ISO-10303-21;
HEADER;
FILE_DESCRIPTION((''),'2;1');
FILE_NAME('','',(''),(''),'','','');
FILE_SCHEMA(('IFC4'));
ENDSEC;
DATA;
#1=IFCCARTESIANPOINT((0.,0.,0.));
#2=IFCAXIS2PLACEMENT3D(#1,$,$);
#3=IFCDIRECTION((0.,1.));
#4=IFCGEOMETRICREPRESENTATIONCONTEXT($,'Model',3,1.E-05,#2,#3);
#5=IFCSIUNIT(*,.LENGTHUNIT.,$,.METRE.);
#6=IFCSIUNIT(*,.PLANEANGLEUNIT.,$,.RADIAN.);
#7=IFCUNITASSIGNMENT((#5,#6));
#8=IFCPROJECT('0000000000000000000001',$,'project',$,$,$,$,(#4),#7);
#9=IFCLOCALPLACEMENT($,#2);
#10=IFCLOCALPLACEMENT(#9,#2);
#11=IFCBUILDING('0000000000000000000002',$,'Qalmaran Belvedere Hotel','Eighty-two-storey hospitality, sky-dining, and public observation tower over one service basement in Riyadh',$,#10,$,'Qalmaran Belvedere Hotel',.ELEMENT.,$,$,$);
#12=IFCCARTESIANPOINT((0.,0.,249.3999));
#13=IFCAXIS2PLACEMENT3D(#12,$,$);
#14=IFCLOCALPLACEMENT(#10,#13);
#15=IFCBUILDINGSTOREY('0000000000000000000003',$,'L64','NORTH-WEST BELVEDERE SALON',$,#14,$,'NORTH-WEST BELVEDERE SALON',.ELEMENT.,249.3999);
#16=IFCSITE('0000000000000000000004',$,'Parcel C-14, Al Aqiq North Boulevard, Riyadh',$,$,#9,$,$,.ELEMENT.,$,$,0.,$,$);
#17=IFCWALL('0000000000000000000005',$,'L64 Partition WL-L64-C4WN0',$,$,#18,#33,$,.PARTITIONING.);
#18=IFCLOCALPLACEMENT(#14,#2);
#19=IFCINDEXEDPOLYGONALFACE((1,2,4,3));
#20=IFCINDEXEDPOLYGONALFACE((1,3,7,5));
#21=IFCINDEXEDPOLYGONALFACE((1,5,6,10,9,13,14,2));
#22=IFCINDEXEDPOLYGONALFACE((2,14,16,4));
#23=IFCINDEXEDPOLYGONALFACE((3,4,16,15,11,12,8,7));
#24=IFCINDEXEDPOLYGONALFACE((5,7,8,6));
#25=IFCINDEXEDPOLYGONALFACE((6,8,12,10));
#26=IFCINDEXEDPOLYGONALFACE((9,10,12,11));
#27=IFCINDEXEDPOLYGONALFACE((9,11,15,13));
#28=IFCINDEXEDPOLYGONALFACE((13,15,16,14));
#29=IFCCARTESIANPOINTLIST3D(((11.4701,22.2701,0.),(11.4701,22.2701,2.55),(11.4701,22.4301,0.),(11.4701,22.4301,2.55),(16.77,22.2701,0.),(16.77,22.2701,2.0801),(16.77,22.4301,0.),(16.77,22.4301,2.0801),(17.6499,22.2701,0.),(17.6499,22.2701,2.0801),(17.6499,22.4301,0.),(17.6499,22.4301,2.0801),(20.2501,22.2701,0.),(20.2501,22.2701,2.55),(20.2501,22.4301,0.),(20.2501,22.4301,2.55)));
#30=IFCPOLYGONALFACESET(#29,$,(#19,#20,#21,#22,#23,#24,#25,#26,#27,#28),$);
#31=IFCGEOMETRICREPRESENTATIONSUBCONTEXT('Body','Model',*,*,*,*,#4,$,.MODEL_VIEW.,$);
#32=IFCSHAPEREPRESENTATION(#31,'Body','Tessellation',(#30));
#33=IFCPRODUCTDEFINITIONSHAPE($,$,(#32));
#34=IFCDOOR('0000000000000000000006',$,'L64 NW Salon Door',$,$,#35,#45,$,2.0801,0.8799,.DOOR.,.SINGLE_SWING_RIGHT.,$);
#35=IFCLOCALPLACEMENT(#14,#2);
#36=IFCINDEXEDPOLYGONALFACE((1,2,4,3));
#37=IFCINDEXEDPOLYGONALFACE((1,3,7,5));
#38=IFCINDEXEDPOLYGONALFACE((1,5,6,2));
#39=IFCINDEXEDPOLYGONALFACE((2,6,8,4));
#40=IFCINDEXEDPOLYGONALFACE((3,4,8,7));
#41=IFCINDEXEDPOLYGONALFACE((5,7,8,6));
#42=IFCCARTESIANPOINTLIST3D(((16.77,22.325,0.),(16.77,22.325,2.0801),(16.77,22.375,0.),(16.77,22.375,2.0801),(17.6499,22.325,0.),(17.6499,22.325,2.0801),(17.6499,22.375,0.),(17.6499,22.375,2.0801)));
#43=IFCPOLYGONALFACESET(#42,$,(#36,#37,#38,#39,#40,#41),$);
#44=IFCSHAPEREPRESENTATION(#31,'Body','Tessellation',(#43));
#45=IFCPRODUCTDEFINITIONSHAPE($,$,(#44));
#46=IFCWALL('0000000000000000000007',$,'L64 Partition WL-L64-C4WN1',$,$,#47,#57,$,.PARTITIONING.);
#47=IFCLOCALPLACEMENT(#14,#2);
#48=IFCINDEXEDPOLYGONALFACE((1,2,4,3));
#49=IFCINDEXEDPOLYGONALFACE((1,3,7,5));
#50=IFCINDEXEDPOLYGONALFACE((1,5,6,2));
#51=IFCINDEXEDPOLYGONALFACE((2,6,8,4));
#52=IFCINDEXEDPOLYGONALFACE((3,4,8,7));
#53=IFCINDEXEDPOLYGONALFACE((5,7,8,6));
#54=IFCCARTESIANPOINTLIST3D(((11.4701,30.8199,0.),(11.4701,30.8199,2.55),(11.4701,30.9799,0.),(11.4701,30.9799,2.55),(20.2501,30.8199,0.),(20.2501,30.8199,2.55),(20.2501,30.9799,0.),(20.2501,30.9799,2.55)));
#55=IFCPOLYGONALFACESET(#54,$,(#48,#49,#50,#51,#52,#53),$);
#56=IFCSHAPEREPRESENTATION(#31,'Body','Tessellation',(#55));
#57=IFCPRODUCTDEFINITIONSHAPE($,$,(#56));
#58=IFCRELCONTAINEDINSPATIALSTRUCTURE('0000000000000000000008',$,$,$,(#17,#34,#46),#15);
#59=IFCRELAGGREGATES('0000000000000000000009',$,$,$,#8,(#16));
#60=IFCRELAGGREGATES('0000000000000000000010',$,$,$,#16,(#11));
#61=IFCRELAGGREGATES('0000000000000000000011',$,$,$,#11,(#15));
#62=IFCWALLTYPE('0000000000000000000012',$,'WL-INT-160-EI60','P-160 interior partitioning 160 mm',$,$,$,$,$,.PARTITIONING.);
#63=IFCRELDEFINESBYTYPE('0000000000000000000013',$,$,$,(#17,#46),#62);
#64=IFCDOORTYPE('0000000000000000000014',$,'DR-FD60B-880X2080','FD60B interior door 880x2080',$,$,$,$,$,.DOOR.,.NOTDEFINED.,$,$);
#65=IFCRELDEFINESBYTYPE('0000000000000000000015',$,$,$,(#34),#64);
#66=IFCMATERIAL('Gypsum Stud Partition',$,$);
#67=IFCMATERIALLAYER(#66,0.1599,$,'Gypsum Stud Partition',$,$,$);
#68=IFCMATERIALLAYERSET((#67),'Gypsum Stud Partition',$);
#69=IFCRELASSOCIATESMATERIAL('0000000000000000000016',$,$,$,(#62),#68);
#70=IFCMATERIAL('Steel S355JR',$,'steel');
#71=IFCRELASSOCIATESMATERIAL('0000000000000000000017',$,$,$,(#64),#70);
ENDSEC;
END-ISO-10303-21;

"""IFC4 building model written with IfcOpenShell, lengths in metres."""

from ifc_helpers import new_model, si_unit, direction, frame, frame_2d, origin, place, context, subcontext, project, spatial, rectangle, extrude, material, layer, layer_set, type_object, element, fill, save


model = new_model("IFC4")

# Units and contexts
model_context = context("Model", 3, precision=1e-05, world=origin(), true_north=direction((0.0, 1.0)))
body_context = subcontext(model_context, "Body", "Model", "MODEL_VIEW")
ifc_project = project(units=[si_unit("LENGTHUNIT", "METRE"), si_unit("PLANEANGLEUNIT", "RADIAN")], contexts=[model_context])

# Site, building, storey
site_placement = place(None, origin())
site = spatial("IfcSite", under=ifc_project, at=site_placement, Name="Parcel C-14, Al Aqiq North Boulevard, Riyadh", CompositionType="ELEMENT", RefElevation=0.0)
building_placement = place(site_placement, origin())
building = spatial("IfcBuilding", under=site, at=building_placement, Name="Qalmaran Belvedere Hotel", Description="Eighty-two-storey hospitality, sky-dining, and public observation tower over one service basement in Riyadh", LongName="Qalmaran Belvedere Hotel", CompositionType="ELEMENT")
storey_placement = place(building_placement, frame((0.0, 0.0, 249.3999)))
storey = spatial("IfcBuildingStorey", under=building, at=storey_placement, Name="L64", Description="NORTH-WEST BELVEDERE SALON", LongName="NORTH-WEST BELVEDERE SALON", CompositionType="ELEMENT", Elevation=249.3999)

# Shared definitions
ifc_material_1 = material(Name="Steel S355JR", Category="steel")

# Wall, opening, door
ifc_material_2 = material(Name="Gypsum Stud Partition")
ifc_layer_1 = layer(ifc_material_2, 0.1599, Name="Gypsum Stud Partition")
ifc_layer_set_1 = layer_set([ifc_layer_1], Name="Gypsum Stud Partition")
wall_type_1 = type_object("IfcWallType", Name="WL-INT-160-EI60", Description="P-160 interior partitioning 160 mm", PredefinedType="PARTITIONING", material=ifc_layer_set_1)
wall_1_placement = place(storey_placement, frame((11.47, 22.3501, 0.0), z_axis=(0.0, 0.0, 1.0), x_axis=(1.0, 0.0, 0.0)))
wall_1 = element("IfcWall", 1, at=wall_1_placement, inside=storey, type_object=wall_type_1, Name="L64 Partition WL-L64-C4WN0", PredefinedType="PARTITIONING", context=body_context, shape_type="SweptSolid", body=[
    extrude(rectangle(XDim=8.78, YDim=0.1599, at=frame_2d((4.3901, 0.0))), origin(), (0.0, 0.0, 1.0), 2.55),
])
opening_1_placement = place(wall_1_placement, frame((5.3, 0.0, 0.0)))
opening_1 = element("IfcOpeningElement", 2, at=opening_1_placement, cuts=wall_1, PredefinedType="OPENING", context=body_context, shape_type="SweptSolid", body=[
    extrude(rectangle(XDim=0.8799, YDim=2.0801, at=frame_2d((0.4399, 1.04))), frame((0.0, 0.0898, 0.0), z_axis=(0.0, -1.0, 0.0), x_axis=(1.0, 0.0, 0.0)), (0.0, 0.0, 1.0), 0.1799),
])
door_type_1 = type_object("IfcDoorType", Name="DR-FD60B-880X2080", Description="FD60B interior door 880x2080", OperationType="NOTDEFINED", PredefinedType="DOOR", material=ifc_material_1)
door_1_placement = place(opening_1_placement, origin())
door_1 = element("IfcDoor", 3, at=door_1_placement, inside=storey, type_object=door_type_1, Name="L64 NW Salon Door", OperationType="SINGLE_SWING_RIGHT", OverallHeight=2.0801, OverallWidth=0.8799, PredefinedType="DOOR", context=body_context, shape_type="SweptSolid", body=[
    extrude(rectangle(XDim=0.8799, YDim=2.0801, at=frame_2d((0.4399, 1.04))), frame((0.0, 0.0249, 0.0), z_axis=(0.0, -1.0, 0.0), x_axis=(1.0, 0.0, 0.0)), (0.0, 0.0, 1.0), 0.05),
])
fill(opening_1, door_1)

# Wall
wall_2_placement = place(storey_placement, frame((11.47, 30.8999, 0.0), z_axis=(0.0, 0.0, 1.0), x_axis=(1.0, 0.0, 0.0)))
element("IfcWall", 4, at=wall_2_placement, inside=storey, type_object=wall_type_1, Name="L64 Partition WL-L64-C4WN1", PredefinedType="PARTITIONING", context=body_context, shape_type="SweptSolid", body=[
    extrude(rectangle(XDim=8.78, YDim=0.1599, at=frame_2d((4.3901, 0.0))), origin(), (0.0, 0.0, 1.0), 2.55),
])

save(model, "model.ifc")
